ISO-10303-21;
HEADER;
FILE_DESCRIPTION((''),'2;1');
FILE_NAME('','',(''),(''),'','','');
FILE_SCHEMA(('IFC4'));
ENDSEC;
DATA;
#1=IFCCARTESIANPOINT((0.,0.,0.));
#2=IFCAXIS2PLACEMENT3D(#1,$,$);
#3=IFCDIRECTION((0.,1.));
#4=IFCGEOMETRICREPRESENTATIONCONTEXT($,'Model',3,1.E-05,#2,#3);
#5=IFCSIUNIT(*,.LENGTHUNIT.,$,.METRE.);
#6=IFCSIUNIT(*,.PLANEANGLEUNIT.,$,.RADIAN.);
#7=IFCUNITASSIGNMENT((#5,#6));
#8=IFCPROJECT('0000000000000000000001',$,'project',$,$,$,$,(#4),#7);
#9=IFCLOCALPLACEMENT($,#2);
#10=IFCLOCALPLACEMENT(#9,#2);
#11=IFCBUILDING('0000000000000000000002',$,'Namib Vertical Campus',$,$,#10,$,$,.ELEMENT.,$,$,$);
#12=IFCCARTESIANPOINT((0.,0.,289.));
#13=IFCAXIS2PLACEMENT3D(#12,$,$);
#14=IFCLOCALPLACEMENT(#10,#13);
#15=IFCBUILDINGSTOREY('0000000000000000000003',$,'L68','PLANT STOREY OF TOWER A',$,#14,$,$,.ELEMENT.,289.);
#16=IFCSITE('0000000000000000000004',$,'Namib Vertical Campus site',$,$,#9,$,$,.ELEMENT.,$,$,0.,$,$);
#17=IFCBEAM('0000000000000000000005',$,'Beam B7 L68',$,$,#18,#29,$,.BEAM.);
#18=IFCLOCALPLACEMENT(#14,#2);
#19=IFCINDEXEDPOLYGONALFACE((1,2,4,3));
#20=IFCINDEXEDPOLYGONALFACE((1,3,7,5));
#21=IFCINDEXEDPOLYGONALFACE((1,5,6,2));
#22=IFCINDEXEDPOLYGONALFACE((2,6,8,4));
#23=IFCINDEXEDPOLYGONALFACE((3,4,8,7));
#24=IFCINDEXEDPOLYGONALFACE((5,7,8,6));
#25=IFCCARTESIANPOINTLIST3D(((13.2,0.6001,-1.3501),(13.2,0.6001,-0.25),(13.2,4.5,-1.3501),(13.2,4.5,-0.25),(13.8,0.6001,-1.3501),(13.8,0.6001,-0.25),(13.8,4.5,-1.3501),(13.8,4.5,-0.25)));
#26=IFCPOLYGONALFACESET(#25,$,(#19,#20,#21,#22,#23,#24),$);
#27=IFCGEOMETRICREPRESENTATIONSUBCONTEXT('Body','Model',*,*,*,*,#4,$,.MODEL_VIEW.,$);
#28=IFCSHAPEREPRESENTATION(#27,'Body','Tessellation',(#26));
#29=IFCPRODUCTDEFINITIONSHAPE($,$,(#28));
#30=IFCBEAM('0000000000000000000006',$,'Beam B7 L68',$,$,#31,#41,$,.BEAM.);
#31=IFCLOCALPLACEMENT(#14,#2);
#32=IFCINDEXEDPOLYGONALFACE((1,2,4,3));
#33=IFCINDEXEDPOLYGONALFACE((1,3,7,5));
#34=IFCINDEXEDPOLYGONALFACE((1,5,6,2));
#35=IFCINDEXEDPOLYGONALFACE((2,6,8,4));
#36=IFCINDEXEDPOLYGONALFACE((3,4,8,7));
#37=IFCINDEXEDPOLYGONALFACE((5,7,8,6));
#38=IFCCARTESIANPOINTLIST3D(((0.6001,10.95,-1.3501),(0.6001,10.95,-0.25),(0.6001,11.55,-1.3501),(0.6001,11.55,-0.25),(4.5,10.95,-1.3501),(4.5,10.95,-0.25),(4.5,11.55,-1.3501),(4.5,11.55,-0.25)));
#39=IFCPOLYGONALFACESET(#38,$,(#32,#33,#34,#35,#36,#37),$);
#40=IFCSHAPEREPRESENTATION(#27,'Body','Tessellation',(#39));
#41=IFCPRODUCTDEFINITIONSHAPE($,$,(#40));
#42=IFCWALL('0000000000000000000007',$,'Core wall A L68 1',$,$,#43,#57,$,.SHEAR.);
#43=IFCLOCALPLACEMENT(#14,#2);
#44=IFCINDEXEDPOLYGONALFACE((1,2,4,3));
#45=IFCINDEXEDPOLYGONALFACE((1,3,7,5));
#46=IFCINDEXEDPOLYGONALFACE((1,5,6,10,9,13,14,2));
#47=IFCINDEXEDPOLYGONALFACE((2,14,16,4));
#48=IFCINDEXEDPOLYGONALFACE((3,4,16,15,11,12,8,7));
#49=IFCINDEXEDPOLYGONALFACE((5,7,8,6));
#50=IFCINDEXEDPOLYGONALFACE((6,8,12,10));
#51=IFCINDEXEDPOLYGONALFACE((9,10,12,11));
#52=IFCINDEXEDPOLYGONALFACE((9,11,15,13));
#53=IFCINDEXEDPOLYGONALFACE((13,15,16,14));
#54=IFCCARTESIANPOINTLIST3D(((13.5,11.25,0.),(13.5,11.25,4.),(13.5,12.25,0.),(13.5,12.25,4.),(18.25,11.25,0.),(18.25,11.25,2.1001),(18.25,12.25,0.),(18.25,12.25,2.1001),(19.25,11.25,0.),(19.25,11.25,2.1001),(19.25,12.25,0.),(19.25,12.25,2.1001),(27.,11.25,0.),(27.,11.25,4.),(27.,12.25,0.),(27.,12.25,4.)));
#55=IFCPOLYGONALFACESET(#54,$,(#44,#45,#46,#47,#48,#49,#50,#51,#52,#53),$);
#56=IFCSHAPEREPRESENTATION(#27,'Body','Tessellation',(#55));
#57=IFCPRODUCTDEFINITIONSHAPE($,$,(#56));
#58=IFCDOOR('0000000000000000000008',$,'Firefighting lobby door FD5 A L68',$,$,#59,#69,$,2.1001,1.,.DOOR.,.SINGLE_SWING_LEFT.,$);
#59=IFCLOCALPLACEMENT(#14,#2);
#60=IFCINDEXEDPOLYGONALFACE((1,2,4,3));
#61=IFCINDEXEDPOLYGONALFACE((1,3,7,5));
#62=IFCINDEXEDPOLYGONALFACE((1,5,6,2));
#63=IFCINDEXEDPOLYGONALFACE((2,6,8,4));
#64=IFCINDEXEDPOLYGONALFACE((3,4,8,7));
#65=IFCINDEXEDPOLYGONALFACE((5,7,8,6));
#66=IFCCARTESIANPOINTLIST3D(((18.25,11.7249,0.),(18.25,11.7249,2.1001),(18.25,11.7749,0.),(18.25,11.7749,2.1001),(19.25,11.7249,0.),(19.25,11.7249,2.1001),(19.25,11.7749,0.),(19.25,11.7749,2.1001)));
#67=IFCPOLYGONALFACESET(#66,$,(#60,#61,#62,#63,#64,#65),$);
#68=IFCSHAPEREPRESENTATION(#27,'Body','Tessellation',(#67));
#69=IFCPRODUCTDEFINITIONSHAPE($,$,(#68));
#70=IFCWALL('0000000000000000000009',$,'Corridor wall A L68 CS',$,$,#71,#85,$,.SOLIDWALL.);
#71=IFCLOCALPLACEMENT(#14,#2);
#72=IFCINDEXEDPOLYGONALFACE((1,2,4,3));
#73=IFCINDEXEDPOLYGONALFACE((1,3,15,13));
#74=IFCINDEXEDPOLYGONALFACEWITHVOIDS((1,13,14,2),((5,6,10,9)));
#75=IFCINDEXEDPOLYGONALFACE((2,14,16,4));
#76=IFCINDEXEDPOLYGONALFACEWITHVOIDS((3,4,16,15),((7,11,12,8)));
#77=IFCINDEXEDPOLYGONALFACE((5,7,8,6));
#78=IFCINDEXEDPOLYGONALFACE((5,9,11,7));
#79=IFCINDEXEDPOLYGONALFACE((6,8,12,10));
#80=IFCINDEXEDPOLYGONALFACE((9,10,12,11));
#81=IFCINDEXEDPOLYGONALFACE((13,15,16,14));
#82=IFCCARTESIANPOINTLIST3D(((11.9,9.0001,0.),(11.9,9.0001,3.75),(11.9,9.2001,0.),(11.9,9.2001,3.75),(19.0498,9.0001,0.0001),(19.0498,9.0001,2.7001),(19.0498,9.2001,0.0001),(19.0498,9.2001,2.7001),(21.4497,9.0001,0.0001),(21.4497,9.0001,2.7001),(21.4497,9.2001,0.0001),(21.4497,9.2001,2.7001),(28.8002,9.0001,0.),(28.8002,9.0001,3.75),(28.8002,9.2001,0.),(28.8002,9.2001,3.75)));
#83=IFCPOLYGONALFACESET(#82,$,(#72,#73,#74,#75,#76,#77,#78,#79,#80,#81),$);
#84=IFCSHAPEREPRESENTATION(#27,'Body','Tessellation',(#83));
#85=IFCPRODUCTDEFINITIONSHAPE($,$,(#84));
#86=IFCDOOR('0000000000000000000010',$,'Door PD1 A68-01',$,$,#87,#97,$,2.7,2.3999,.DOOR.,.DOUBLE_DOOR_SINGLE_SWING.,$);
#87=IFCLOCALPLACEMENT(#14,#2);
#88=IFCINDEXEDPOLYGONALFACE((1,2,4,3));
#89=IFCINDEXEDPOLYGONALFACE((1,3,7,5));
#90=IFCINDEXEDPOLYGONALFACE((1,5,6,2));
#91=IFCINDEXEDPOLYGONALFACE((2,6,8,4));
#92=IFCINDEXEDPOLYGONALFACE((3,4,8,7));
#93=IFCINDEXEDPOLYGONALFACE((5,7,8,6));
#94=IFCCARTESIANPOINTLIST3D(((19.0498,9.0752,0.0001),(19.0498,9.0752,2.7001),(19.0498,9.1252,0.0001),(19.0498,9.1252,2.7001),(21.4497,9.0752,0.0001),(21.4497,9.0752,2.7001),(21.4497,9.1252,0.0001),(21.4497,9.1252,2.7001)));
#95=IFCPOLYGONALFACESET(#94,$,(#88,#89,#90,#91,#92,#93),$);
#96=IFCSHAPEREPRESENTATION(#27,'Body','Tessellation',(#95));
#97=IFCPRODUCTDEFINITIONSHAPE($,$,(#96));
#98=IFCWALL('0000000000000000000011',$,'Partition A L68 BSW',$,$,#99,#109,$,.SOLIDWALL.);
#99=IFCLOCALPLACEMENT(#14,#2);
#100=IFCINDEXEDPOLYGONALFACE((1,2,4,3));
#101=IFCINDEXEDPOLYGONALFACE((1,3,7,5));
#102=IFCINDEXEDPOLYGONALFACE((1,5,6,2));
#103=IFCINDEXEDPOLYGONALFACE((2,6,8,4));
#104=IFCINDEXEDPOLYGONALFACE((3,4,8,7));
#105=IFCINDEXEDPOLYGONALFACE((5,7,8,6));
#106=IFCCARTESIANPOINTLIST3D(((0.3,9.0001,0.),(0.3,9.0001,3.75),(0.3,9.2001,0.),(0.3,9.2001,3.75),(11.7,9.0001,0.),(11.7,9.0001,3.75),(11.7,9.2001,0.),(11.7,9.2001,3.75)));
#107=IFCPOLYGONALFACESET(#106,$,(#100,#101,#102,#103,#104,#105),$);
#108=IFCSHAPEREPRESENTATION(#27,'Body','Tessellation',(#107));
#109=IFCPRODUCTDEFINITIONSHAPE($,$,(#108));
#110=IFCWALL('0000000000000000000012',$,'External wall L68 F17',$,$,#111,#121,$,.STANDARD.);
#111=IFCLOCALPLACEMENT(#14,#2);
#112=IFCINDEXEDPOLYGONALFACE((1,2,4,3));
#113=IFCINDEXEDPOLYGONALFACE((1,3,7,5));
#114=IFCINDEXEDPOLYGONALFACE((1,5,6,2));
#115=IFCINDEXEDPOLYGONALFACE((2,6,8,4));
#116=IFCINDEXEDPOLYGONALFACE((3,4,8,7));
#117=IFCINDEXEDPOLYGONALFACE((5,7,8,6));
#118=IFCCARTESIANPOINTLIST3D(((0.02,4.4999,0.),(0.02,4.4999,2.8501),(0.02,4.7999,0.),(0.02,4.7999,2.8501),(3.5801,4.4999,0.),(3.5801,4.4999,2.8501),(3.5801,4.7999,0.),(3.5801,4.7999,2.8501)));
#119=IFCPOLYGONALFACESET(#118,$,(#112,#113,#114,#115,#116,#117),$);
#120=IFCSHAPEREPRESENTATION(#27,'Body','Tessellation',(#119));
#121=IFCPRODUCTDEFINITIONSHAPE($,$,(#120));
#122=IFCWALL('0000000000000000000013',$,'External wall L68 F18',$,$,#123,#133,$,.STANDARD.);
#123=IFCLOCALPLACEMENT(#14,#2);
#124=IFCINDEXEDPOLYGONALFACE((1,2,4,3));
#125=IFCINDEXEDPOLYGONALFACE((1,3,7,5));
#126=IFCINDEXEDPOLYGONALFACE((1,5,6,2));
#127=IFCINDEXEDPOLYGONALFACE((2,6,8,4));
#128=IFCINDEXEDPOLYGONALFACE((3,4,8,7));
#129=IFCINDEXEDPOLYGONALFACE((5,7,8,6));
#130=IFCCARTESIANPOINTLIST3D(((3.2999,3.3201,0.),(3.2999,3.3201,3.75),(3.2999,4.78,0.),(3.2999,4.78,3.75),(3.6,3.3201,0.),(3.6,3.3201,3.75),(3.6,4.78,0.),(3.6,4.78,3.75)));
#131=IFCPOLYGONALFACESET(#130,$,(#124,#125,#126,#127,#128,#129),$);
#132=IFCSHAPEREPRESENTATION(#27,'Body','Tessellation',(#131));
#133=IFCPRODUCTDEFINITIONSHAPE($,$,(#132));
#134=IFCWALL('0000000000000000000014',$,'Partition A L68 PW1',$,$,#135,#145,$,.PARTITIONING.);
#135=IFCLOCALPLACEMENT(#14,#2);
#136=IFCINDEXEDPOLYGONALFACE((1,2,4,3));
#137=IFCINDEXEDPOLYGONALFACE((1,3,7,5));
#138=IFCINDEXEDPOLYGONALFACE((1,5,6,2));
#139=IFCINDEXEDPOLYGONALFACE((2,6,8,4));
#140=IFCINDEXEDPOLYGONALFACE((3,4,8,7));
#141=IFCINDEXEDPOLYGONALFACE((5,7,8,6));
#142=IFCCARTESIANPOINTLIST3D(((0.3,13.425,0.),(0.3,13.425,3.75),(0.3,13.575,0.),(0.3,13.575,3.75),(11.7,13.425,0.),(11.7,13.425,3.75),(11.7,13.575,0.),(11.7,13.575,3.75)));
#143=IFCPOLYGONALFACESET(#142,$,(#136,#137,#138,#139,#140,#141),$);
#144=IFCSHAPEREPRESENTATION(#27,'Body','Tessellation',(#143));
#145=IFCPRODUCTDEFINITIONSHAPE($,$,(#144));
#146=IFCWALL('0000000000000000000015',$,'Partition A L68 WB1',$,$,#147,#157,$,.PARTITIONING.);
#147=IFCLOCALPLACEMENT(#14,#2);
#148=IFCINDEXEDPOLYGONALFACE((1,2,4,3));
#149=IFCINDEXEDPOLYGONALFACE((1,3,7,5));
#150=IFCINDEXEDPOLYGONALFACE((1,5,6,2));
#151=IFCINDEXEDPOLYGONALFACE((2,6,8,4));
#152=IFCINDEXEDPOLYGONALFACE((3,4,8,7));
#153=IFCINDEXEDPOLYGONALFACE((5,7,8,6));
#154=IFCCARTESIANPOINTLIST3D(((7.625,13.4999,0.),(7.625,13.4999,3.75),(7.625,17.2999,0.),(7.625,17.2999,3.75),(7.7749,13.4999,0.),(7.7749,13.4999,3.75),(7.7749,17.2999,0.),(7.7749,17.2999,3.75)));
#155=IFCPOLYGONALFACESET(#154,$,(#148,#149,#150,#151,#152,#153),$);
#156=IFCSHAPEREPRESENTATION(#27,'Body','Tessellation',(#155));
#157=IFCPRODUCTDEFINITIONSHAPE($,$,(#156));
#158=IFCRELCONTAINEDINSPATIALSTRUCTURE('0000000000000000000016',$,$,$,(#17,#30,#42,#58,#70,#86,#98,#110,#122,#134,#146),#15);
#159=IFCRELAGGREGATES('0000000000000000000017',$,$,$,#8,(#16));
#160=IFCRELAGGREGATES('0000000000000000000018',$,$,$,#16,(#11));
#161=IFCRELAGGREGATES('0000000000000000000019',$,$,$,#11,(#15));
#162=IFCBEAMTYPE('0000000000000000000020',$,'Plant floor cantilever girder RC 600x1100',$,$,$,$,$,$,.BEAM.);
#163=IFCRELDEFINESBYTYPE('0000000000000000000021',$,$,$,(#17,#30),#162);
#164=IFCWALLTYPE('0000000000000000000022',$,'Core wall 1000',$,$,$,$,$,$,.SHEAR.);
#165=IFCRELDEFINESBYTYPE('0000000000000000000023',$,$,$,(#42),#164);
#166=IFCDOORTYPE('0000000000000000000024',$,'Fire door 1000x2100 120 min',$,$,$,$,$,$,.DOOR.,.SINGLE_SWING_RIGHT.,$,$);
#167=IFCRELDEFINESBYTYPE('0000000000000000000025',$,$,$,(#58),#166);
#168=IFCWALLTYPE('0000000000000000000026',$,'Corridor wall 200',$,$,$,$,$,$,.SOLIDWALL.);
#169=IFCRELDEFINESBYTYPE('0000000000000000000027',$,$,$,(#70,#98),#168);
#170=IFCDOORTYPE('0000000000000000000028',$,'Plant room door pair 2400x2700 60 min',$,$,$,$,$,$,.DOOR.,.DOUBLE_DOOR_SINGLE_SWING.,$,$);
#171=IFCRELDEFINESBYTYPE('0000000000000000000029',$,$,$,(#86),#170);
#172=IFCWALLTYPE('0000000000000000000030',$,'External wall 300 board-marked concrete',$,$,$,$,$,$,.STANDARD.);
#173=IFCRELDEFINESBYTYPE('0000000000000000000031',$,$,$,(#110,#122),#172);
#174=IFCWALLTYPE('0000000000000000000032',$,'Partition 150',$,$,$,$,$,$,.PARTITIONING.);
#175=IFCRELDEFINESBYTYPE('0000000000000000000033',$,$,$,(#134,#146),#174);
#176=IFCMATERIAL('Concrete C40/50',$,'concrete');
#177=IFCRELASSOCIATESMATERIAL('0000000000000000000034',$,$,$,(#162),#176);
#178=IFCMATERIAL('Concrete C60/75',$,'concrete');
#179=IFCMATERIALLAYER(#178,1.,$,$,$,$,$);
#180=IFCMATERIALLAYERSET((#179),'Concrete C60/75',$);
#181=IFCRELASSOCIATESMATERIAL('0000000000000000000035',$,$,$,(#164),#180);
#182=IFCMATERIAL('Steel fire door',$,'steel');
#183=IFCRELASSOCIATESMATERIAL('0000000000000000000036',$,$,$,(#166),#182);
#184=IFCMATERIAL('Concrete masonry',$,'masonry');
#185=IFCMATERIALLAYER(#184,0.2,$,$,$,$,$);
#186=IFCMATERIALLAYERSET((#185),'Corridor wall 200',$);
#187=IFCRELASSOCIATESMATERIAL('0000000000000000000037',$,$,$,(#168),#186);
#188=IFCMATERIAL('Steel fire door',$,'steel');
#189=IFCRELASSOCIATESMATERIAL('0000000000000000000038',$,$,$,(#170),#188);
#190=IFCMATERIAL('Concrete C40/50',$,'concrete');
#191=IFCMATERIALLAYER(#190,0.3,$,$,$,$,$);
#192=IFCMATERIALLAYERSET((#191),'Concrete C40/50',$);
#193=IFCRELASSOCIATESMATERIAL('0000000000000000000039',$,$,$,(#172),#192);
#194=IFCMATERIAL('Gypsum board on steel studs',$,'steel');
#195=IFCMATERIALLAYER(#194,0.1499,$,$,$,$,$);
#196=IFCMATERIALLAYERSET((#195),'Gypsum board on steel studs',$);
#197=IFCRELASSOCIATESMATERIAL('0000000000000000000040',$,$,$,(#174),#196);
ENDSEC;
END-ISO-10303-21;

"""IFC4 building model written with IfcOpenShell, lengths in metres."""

from ifc_helpers import new_model, si_unit, direction, frame, frame_2d, origin, origin_2d, place, context, subcontext, project, spatial, rectangle, extrude, material, layer, layer_set, material_profile, profile_set, type_object, element, fill, save


model = new_model("IFC4")

# Units and contexts
model_context = context("Model", 3, precision=1e-05, world=origin(), true_north=direction((0.0, 1.0)))
body_context = subcontext(model_context, "Body", "Model", "MODEL_VIEW")
ifc_project = project(units=[si_unit("LENGTHUNIT", "METRE"), si_unit("PLANEANGLEUNIT", "RADIAN")], contexts=[model_context])

# Site, building, storey
site_placement = place(None, origin())
site = spatial("IfcSite", under=ifc_project, at=site_placement, Name="Namib Vertical Campus site", CompositionType="ELEMENT", RefElevation=0.0)
building_placement = place(site_placement, origin())
building = spatial("IfcBuilding", under=site, at=building_placement, Name="Namib Vertical Campus", CompositionType="ELEMENT")
storey_placement = place(building_placement, frame((0.0, 0.0, 289.0)))
storey = spatial("IfcBuildingStorey", under=building, at=storey_placement, Name="L68", Description="PLANT STOREY OF TOWER A", CompositionType="ELEMENT", Elevation=289.0)

# Beams
ifc_material_1 = material(Name="Concrete C40/50", Category="concrete")
ifc_material_profile_1 = material_profile(ifc_material_1, rectangle(XDim=0.6001, YDim=1.1001, at=origin_2d()))
ifc_profile_set_1 = profile_set([ifc_material_profile_1], Name="Concrete C40/50")
beam_type_1 = type_object("IfcBeamType", Name="Plant floor cantilever girder RC 600x1100", PredefinedType="BEAM", material=ifc_profile_set_1)
for number, where, z_axis, x_axis, name in (
    (1, (13.5, 4.5, -0.8), (0.0, -1.0, 0.0), (1.0, 0.0, 0.0), "Beam B7 L68"),
    (2, (4.5, 11.25, -0.8), (-1.0, 0.0, 0.0), (0.0, -1.0, 0.0), "Beam B7 L68"),
):
    element("IfcBeam", number, at=place(storey_placement, frame(where, z_axis=z_axis, x_axis=x_axis)), inside=storey, type_object=beam_type_1, Name=name, PredefinedType="BEAM", context=body_context, shape_type="SweptSolid", body=[
        extrude(rectangle(XDim=0.6001, YDim=1.1001, at=origin_2d()), origin(), (0.0, 0.0, 1.0), 3.8999),
    ])

# Walls, openings, doors
ifc_material_2 = material(Name="Concrete C60/75", Category="concrete")
ifc_layer_1 = layer(ifc_material_2, 1.0)
ifc_layer_set_1 = layer_set([ifc_layer_1], Name="Concrete C60/75")
wall_type_1 = type_object("IfcWallType", Name="Core wall 1000", PredefinedType="SHEAR", material=ifc_layer_set_1)
wall_1_placement = place(storey_placement, frame((13.5, 11.75, 0.0), z_axis=(0.0, 0.0, 1.0), x_axis=(1.0, 0.0, 0.0)))
wall_1 = element("IfcWall", 3, at=wall_1_placement, inside=storey, type_object=wall_type_1, Name="Core wall A L68 1", PredefinedType="SHEAR", context=body_context, shape_type="SweptSolid", body=[
    extrude(rectangle(XDim=13.5, YDim=1.0, at=frame_2d((6.75, 0.0))), origin(), (0.0, 0.0, 1.0), 4.0),
])
opening_1_placement = place(wall_1_placement, frame((4.75, 0.0, 0.0)))
opening_1 = element("IfcOpeningElement", 4, at=opening_1_placement, cuts=wall_1, PredefinedType="OPENING", context=body_context, shape_type="SweptSolid", body=[
    extrude(rectangle(XDim=1.0, YDim=2.1001, at=frame_2d((0.5, 1.05))), frame((0.0, 0.51, 0.0), z_axis=(0.0, -1.0, 0.0), x_axis=(1.0, 0.0, 0.0)), (0.0, 0.0, 1.0), 1.02),
])
ifc_material_3 = material(Name="Steel fire door", Category="steel")
door_type_1 = type_object("IfcDoorType", Name="Fire door 1000x2100 120 min", OperationType="SINGLE_SWING_RIGHT", PredefinedType="DOOR", material=ifc_material_3)
door_1_placement = place(opening_1_placement, origin())
door_1 = element("IfcDoor", 5, at=door_1_placement, inside=storey, type_object=door_type_1, Name="Firefighting lobby door FD5 A L68", OperationType="SINGLE_SWING_LEFT", OverallHeight=2.1001, OverallWidth=1.0, PredefinedType="DOOR", context=body_context, shape_type="SweptSolid", body=[
    extrude(rectangle(XDim=1.0, YDim=2.1001, at=frame_2d((0.5, 1.05))), frame((0.0, 0.0249, 0.0), z_axis=(0.0, -1.0, 0.0), x_axis=(1.0, 0.0, 0.0)), (0.0, 0.0, 1.0), 0.05),
])
fill(opening_1, door_1)
ifc_material_4 = material(Name="Concrete masonry", Category="masonry")
ifc_layer_2 = layer(ifc_material_4, 0.2)
ifc_layer_set_2 = layer_set([ifc_layer_2], Name="Corridor wall 200")
wall_type_2 = type_object("IfcWallType", Name="Corridor wall 200", PredefinedType="SOLIDWALL", material=ifc_layer_set_2)
wall_2_placement = place(storey_placement, frame((11.8999, 9.1001, 0.0), z_axis=(0.0, 0.0, 1.0), x_axis=(1.0, 0.0, 0.0)))
wall_2 = element("IfcWall", 6, at=wall_2_placement, inside=storey, type_object=wall_type_2, Name="Corridor wall A L68 CS", PredefinedType="SOLIDWALL", context=body_context, shape_type="SweptSolid", body=[
    extrude(rectangle(XDim=16.9001, YDim=0.2, at=frame_2d((8.4502, 0.0))), origin(), (0.0, 0.0, 1.0), 3.75),
])
opening_2_placement = place(wall_2_placement, frame((7.1499, 0.0, 0.0)))
opening_2 = element("IfcOpeningElement", 7, at=opening_2_placement, cuts=wall_2, PredefinedType="OPENING", context=body_context, shape_type="SweptSolid", body=[
    extrude(rectangle(XDim=2.3999, YDim=2.7, at=frame_2d((1.2, 1.3501))), frame((0.0, 0.1099, 0.0), z_axis=(0.0, -1.0, 0.0), x_axis=(1.0, 0.0, 0.0)), (0.0, 0.0, 1.0), 0.22),
])
ifc_material_5 = material(Name="Steel fire door", Category="steel")
door_type_2 = type_object("IfcDoorType", Name="Plant room door pair 2400x2700 60 min", OperationType="DOUBLE_DOOR_SINGLE_SWING", PredefinedType="DOOR", material=ifc_material_5)
door_2_placement = place(opening_2_placement, frame((2.3999, 0.0, 0.0), z_axis=(0.0, 0.0, 1.0), x_axis=(-1.0, 0.0, 0.0)))
door_2 = element("IfcDoor", 8, at=door_2_placement, inside=storey, type_object=door_type_2, Name="Door PD1 A68-01", OperationType="DOUBLE_DOOR_SINGLE_SWING", OverallHeight=2.7, OverallWidth=2.3999, PredefinedType="DOOR", context=body_context, shape_type="SweptSolid", body=[
    extrude(rectangle(XDim=2.3999, YDim=2.7, at=frame_2d((1.2, 1.3501))), frame((0.0, 0.0249, 0.0), z_axis=(0.0, -1.0, 0.0), x_axis=(1.0, 0.0, 0.0)), (0.0, 0.0, 1.0), 0.05),
])
fill(opening_2, door_2)

# Walls
wall_3_placement = place(storey_placement, frame((0.3, 9.1001, 0.0), z_axis=(0.0, 0.0, 1.0), x_axis=(1.0, 0.0, 0.0)))
element("IfcWall", 9, at=wall_3_placement, inside=storey, type_object=wall_type_2, Name="Partition A L68 BSW", PredefinedType="SOLIDWALL", context=body_context, shape_type="SweptSolid", body=[
    extrude(rectangle(XDim=11.3999, YDim=0.2, at=frame_2d((5.7, 0.0))), origin(), (0.0, 0.0, 1.0), 3.75),
])
ifc_material_6 = material(Name="Concrete C40/50", Category="concrete")
ifc_layer_3 = layer(ifc_material_6, 0.3)
ifc_layer_set_3 = layer_set([ifc_layer_3], Name="Concrete C40/50")
wall_type_3 = type_object("IfcWallType", Name="External wall 300 board-marked concrete", PredefinedType="STANDARD", material=ifc_layer_set_3)
wall_4_placement = place(storey_placement, frame((0.02, 4.6499, 0.0), z_axis=(0.0, 0.0, 1.0), x_axis=(1.0, 0.0, 0.0)))
element("IfcWall", 10, at=wall_4_placement, inside=storey, type_object=wall_type_3, Name="External wall L68 F17", PredefinedType="STANDARD", context=body_context, shape_type="SweptSolid", body=[
    extrude(rectangle(XDim=3.5601, YDim=0.3, at=frame_2d((1.78, 0.0))), origin(), (0.0, 0.0, 1.0), 2.8501),
])
wall_5_placement = place(storey_placement, frame((3.45, 4.78, 0.0), z_axis=(0.0, 0.0, 1.0), x_axis=(0.0, -1.0, 0.0)))
element("IfcWall", 11, at=wall_5_placement, inside=storey, type_object=wall_type_3, Name="External wall L68 F18", PredefinedType="STANDARD", context=body_context, shape_type="SweptSolid", body=[
    extrude(rectangle(XDim=1.46, YDim=0.3, at=frame_2d((0.73, 0.0))), origin(), (0.0, 0.0, 1.0), 3.75),
])
ifc_material_7 = material(Name="Gypsum board on steel studs", Category="steel")
ifc_layer_4 = layer(ifc_material_7, 0.1499)
ifc_layer_set_4 = layer_set([ifc_layer_4], Name="Gypsum board on steel studs")
wall_type_4 = type_object("IfcWallType", Name="Partition 150", PredefinedType="PARTITIONING", material=ifc_layer_set_4)
wall_6_placement = place(storey_placement, frame((0.3, 13.5, 0.0), z_axis=(0.0, 0.0, 1.0), x_axis=(1.0, 0.0, 0.0)))
element("IfcWall", 12, at=wall_6_placement, inside=storey, type_object=wall_type_4, Name="Partition A L68 PW1", PredefinedType="PARTITIONING", context=body_context, shape_type="SweptSolid", body=[
    extrude(rectangle(XDim=11.3999, YDim=0.1499, at=frame_2d((5.7, 0.0))), origin(), (0.0, 0.0, 1.0), 3.75),
])
wall_7_placement = place(storey_placement, frame((7.7, 13.5, 0.0), z_axis=(0.0, 0.0, 1.0), x_axis=(0.0, 1.0, 0.0)))
element("IfcWall", 13, at=wall_7_placement, inside=storey, type_object=wall_type_4, Name="Partition A L68 WB1", PredefinedType="PARTITIONING", context=body_context, shape_type="SweptSolid", body=[
    extrude(rectangle(XDim=3.8, YDim=0.1499, at=frame_2d((1.8999, 0.0))), origin(), (0.0, 0.0, 1.0), 3.75),
])

save(model, "model.ifc")
